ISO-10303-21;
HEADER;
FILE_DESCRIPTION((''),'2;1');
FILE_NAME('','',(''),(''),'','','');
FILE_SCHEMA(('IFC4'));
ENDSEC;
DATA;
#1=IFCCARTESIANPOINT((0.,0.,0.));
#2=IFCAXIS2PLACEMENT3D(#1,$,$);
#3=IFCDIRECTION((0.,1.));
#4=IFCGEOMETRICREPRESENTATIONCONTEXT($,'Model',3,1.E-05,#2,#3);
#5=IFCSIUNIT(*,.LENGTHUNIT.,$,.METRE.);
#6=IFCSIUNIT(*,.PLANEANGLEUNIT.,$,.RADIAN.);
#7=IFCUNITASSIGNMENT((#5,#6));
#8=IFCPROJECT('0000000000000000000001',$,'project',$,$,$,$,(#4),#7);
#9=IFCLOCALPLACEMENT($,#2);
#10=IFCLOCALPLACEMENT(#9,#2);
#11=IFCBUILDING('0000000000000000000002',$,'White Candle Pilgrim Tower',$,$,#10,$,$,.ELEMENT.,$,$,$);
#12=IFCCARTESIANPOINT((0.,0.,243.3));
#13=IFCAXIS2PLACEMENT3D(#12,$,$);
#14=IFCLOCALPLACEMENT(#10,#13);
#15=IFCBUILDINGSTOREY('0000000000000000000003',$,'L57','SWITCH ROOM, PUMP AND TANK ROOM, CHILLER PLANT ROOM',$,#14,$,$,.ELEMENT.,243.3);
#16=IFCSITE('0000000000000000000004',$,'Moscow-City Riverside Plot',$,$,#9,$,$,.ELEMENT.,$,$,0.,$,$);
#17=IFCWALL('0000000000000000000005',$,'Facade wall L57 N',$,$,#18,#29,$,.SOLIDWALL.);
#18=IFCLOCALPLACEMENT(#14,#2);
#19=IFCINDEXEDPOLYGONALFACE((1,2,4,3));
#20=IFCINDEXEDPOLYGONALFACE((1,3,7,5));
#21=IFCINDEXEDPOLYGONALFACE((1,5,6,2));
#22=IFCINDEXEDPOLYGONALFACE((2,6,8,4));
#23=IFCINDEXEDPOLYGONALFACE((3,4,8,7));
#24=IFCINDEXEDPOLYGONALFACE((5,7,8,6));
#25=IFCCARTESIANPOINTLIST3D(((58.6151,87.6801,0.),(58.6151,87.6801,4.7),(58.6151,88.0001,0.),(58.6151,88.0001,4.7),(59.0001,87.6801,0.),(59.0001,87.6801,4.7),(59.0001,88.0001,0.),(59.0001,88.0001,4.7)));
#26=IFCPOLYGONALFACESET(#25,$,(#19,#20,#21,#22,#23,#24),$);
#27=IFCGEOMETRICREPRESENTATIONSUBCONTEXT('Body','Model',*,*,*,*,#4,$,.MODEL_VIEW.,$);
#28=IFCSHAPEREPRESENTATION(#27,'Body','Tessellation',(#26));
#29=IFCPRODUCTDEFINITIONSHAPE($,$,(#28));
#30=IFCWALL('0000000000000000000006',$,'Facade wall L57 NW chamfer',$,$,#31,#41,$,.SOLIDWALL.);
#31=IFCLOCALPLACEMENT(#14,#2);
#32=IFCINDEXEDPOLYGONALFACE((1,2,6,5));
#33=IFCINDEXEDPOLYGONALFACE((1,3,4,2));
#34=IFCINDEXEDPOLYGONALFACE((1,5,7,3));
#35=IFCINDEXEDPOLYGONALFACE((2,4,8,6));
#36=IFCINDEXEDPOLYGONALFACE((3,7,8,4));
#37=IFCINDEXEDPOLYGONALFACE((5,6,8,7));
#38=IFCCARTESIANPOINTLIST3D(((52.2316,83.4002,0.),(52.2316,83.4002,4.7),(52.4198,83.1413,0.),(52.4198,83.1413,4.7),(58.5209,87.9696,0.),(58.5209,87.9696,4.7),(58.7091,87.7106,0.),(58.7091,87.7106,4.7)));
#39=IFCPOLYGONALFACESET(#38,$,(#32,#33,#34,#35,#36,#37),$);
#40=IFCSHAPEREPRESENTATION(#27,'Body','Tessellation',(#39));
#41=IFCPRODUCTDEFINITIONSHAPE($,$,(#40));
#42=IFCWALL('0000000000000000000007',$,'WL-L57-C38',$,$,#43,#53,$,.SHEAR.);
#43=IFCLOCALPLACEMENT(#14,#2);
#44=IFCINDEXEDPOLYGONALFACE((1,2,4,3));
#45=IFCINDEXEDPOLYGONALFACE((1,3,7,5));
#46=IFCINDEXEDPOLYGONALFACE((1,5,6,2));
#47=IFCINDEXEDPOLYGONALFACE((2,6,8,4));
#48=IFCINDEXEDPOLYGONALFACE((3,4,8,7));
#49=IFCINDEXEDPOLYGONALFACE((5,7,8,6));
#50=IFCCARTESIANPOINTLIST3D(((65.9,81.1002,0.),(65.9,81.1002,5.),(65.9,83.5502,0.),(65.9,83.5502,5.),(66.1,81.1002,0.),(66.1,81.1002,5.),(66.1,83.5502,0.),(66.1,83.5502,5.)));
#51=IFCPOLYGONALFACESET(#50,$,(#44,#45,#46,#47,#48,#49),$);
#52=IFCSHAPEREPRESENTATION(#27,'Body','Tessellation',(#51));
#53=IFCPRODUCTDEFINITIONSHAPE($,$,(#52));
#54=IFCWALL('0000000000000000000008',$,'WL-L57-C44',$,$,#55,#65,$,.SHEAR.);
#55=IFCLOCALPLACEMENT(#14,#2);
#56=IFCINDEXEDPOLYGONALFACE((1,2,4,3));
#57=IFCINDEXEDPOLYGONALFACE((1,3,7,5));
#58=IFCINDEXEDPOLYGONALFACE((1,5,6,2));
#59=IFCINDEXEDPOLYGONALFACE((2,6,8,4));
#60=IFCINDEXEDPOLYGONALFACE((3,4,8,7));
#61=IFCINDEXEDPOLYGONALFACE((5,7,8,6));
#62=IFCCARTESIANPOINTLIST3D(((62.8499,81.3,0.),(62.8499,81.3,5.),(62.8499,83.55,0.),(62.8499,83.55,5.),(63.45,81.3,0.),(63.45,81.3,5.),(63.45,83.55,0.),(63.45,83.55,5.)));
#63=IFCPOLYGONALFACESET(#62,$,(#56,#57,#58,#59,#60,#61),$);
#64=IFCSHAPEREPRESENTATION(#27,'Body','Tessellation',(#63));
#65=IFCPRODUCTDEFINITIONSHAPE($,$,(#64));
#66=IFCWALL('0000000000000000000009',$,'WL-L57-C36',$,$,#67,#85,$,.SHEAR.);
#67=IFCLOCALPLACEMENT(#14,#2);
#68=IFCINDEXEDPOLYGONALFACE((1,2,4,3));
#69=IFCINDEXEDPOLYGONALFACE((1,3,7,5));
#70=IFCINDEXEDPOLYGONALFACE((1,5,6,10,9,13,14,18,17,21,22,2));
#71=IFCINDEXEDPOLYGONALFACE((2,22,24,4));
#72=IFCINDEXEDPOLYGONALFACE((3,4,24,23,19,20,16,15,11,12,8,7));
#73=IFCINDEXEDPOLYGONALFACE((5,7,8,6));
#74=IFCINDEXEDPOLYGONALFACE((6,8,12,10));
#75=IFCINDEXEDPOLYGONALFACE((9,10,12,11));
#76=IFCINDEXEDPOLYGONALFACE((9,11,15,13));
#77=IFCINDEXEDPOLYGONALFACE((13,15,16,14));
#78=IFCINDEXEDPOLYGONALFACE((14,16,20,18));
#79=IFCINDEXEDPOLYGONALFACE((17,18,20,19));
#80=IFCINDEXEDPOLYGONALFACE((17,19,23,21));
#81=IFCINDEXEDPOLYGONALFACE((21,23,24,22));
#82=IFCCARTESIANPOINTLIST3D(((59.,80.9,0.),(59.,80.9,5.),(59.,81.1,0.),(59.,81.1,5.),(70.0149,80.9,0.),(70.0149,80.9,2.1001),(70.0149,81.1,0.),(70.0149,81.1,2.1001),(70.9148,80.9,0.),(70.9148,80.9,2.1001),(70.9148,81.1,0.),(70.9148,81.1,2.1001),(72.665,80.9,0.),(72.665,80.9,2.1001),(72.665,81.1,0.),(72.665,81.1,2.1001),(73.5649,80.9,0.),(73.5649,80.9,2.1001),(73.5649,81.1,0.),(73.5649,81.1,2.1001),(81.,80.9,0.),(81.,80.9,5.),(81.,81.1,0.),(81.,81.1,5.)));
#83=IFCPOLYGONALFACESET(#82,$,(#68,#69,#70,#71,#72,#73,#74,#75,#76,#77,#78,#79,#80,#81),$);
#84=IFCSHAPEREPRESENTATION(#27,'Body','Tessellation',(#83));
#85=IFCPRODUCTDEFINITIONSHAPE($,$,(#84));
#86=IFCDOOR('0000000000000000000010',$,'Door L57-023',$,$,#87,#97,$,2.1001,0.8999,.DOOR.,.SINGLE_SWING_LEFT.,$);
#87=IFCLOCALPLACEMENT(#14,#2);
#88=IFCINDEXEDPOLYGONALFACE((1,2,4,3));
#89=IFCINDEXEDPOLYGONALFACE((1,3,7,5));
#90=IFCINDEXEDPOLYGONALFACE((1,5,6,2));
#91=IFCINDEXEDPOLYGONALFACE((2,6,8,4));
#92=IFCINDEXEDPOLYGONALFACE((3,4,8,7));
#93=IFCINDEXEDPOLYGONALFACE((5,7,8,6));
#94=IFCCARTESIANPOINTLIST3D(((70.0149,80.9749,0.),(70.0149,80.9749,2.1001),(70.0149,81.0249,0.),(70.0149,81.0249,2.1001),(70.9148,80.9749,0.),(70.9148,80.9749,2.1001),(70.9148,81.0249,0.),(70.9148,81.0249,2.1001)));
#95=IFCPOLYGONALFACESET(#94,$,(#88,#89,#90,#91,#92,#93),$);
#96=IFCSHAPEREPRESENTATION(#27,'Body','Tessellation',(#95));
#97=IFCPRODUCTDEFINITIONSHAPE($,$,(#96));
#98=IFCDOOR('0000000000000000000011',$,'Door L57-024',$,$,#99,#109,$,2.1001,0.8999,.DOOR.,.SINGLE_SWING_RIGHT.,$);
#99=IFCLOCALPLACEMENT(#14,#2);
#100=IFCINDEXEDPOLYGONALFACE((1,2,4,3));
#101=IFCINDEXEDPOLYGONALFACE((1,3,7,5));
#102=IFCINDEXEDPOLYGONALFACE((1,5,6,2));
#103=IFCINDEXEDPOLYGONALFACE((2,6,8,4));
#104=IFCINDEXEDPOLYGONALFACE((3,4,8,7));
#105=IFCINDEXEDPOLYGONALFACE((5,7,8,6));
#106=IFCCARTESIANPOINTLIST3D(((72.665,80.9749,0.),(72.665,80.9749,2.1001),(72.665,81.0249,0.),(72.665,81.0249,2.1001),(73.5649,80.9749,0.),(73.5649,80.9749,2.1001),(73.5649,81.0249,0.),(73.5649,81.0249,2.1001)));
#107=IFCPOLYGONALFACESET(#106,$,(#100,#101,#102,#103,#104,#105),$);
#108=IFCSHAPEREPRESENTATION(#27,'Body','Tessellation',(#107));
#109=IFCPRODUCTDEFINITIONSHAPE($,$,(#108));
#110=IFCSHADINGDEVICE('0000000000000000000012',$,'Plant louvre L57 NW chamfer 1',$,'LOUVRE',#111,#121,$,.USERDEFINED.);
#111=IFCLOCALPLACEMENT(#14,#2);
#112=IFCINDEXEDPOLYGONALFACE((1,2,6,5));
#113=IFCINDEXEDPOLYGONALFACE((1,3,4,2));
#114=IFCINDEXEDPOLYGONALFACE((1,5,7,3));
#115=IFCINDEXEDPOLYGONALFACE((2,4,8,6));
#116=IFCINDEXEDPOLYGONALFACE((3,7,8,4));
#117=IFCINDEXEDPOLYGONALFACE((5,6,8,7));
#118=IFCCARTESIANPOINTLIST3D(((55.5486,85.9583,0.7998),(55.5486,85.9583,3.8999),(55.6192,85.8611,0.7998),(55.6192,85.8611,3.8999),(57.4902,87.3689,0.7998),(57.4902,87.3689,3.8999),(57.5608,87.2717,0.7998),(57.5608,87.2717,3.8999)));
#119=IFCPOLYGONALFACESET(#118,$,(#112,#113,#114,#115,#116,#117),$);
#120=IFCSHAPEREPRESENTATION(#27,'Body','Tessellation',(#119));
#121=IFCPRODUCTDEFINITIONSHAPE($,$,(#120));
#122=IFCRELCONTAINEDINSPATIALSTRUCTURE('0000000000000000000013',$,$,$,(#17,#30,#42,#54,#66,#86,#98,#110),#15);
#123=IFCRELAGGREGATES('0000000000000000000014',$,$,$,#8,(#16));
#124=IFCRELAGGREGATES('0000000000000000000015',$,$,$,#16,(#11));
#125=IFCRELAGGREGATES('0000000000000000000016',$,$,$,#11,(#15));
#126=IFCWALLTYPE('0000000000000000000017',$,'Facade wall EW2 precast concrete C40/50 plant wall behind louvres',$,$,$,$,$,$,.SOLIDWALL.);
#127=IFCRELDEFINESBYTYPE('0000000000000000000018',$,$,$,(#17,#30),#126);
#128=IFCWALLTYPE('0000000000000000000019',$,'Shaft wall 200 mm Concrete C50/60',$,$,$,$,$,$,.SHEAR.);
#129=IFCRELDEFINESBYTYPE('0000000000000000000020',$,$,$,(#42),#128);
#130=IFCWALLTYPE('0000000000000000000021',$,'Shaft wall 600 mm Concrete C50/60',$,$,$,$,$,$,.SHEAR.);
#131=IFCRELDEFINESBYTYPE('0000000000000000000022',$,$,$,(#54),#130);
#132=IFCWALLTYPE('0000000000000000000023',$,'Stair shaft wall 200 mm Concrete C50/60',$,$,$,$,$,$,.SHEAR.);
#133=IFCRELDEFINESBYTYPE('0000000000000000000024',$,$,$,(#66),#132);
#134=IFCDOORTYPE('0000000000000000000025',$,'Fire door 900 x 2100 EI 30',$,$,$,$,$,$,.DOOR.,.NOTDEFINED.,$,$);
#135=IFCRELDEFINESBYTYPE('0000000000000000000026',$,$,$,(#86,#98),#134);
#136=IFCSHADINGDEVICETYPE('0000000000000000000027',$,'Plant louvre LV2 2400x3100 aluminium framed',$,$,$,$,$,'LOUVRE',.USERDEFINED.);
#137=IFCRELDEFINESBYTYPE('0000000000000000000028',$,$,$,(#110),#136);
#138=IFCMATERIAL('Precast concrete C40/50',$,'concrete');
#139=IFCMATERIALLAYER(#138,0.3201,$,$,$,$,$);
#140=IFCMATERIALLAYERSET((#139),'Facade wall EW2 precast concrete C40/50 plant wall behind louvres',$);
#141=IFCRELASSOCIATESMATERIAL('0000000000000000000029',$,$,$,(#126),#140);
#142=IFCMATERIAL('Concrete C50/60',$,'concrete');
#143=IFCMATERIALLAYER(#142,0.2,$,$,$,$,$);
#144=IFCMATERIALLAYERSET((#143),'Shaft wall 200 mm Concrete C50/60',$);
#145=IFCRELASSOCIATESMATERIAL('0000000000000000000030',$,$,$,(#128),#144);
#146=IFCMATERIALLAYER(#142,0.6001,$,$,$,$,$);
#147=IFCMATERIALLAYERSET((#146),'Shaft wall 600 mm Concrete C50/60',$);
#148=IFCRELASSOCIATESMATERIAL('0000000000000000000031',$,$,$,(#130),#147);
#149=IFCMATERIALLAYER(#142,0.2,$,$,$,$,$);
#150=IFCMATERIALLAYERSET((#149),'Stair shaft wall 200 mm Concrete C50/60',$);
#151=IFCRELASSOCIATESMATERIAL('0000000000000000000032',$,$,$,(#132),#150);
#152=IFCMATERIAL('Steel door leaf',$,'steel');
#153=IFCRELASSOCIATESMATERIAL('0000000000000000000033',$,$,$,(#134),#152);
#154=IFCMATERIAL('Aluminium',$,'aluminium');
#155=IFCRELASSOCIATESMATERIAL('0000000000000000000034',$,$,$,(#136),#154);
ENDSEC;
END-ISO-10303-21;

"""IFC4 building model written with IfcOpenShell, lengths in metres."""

from ifc_helpers import new_model, si_unit, direction, frame, frame_2d, origin, origin_2d, place, context, subcontext, project, spatial, rectangle, extrude, material, layer, layer_set, type_object, element, fill, save


model = new_model("IFC4")

# Units and contexts
model_context = context("Model", 3, precision=1e-05, world=origin(), true_north=direction((0.0, 1.0)))
body_context = subcontext(model_context, "Body", "Model", "MODEL_VIEW")
ifc_project = project(units=[si_unit("LENGTHUNIT", "METRE"), si_unit("PLANEANGLEUNIT", "RADIAN")], contexts=[model_context])

# Site, building, storey
site_placement = place(None, origin())
site = spatial("IfcSite", under=ifc_project, at=site_placement, Name="Moscow-City Riverside Plot", CompositionType="ELEMENT", RefElevation=0.0)
building_placement = place(site_placement, origin())
building = spatial("IfcBuilding", under=site, at=building_placement, Name="White Candle Pilgrim Tower", CompositionType="ELEMENT")
storey_placement = place(building_placement, frame((0.0, 0.0, 243.3)))
storey = spatial("IfcBuildingStorey", under=building, at=storey_placement, Name="L57", Description="SWITCH ROOM, PUMP AND TANK ROOM, CHILLER PLANT ROOM", CompositionType="ELEMENT", Elevation=243.3)

# Shared definitions
ifc_material_1 = material(Name="Concrete C50/60", Category="concrete")

# Shared definitions
ifc_material_2 = material(Name="Steel door leaf", Category="steel")

# Walls
ifc_material_3 = material(Name="Precast concrete C40/50", Category="concrete")
ifc_layer_1 = layer(ifc_material_3, 0.3201)
ifc_layer_set_1 = layer_set([ifc_layer_1], Name="Facade wall EW2 precast concrete C40/50 plant wall behind louvres")
wall_type_1 = type_object("IfcWallType", Name="Facade wall EW2 precast concrete C40/50 plant wall behind louvres", PredefinedType="SOLIDWALL", material=ifc_layer_set_1)
wall_1_placement = place(storey_placement, frame((59.0, 87.8401, 0.0), z_axis=(0.0, 0.0, 1.0), x_axis=(-1.0, 0.0, 0.0)))
element("IfcWall", 1, at=wall_1_placement, inside=storey, type_object=wall_type_1, Name="Facade wall L57 N", PredefinedType="SOLIDWALL", context=body_context, shape_type="SweptSolid", body=[
    extrude(rectangle(XDim=0.385, YDim=0.3201, at=frame_2d((0.1924, 0.0))), origin(), (0.0, 0.0, 1.0), 4.7),
])
wall_2_placement = place(storey_placement, frame((58.615, 87.8401, 0.0), z_axis=(0.0, 0.0, 1.0), x_axis=(-0.809024, -0.587776, 0.0)))
element("IfcWall", 2, at=wall_2_placement, inside=storey, type_object=wall_type_1, Name="Facade wall L57 NW chamfer", PredefinedType="SOLIDWALL", context=body_context, shape_type="SweptSolid", body=[
    extrude(rectangle(XDim=7.7739, YDim=0.3201, at=frame_2d((3.887, 0.0))), origin(), (0.0, 0.0, 1.0), 4.7),
])
ifc_layer_2 = layer(ifc_material_1, 0.2)
ifc_layer_set_2 = layer_set([ifc_layer_2], Name="Shaft wall 200 mm Concrete C50/60")
wall_type_2 = type_object("IfcWallType", Name="Shaft wall 200 mm Concrete C50/60", PredefinedType="SHEAR", material=ifc_layer_set_2)
wall_3_placement = place(storey_placement, frame((66.0, 81.1001, 0.0), z_axis=(0.0, 0.0, 1.0), x_axis=(0.0, 1.0, 0.0)))
element("IfcWall", 3, at=wall_3_placement, inside=storey, type_object=wall_type_2, Name="WL-L57-C38", PredefinedType="SHEAR", context=body_context, shape_type="SweptSolid", body=[
    extrude(rectangle(XDim=2.45, YDim=0.2, at=frame_2d((1.2251, 0.0))), origin(), (0.0, 0.0, 1.0), 5.0),
])
ifc_layer_3 = layer(ifc_material_1, 0.6001)
ifc_layer_set_3 = layer_set([ifc_layer_3], Name="Shaft wall 600 mm Concrete C50/60")
wall_type_3 = type_object("IfcWallType", Name="Shaft wall 600 mm Concrete C50/60", PredefinedType="SHEAR", material=ifc_layer_set_3)
wall_4_placement = place(storey_placement, frame((63.1499, 81.3, 0.0), z_axis=(0.0, 0.0, 1.0), x_axis=(0.0, 1.0, 0.0)))
element("IfcWall", 4, at=wall_4_placement, inside=storey, type_object=wall_type_3, Name="WL-L57-C44", PredefinedType="SHEAR", context=body_context, shape_type="SweptSolid", body=[
    extrude(rectangle(XDim=2.25, YDim=0.6001, at=frame_2d((1.125, 0.0))), origin(), (0.0, 0.0, 1.0), 5.0),
])

# Wall, openings, doors
ifc_layer_4 = layer(ifc_material_1, 0.2)
ifc_layer_set_4 = layer_set([ifc_layer_4], Name="Stair shaft wall 200 mm Concrete C50/60")
wall_type_4 = type_object("IfcWallType", Name="Stair shaft wall 200 mm Concrete C50/60", PredefinedType="SHEAR", material=ifc_layer_set_4)
wall_5_placement = place(storey_placement, frame((59.0, 81.0, 0.0), z_axis=(0.0, 0.0, 1.0), x_axis=(1.0, 0.0, 0.0)))
wall_5 = element("IfcWall", 5, at=wall_5_placement, inside=storey, type_object=wall_type_4, Name="WL-L57-C36", PredefinedType="SHEAR", context=body_context, shape_type="SweptSolid", body=[
    extrude(rectangle(XDim=22.0, YDim=0.2, at=frame_2d((11.0, 0.0))), origin(), (0.0, 0.0, 1.0), 5.0),
])
opening_1_placement = place(wall_5_placement, frame((11.0149, 0.0, 0.0)))
opening_1 = element("IfcOpeningElement", 6, at=opening_1_placement, cuts=wall_5, PredefinedType="OPENING", context=body_context, shape_type="SweptSolid", body=[
    extrude(rectangle(XDim=0.8999, YDim=2.1001, at=frame_2d((0.45, 1.05))), frame((0.0, 0.1099, 0.0), z_axis=(0.0, -1.0, 0.0), x_axis=(1.0, 0.0, 0.0)), (0.0, 0.0, 1.0), 0.22),
])
opening_2_placement = place(wall_5_placement, frame((13.665, 0.0, 0.0)))
opening_2 = element("IfcOpeningElement", 7, at=opening_2_placement, cuts=wall_5, PredefinedType="OPENING", context=body_context, shape_type="SweptSolid", body=[
    extrude(rectangle(XDim=0.8999, YDim=2.1001, at=frame_2d((0.45, 1.05))), frame((0.0, 0.1099, 0.0), z_axis=(0.0, -1.0, 0.0), x_axis=(1.0, 0.0, 0.0)), (0.0, 0.0, 1.0), 0.22),
])
door_type_1 = type_object("IfcDoorType", Name="Fire door 900 x 2100 EI 30", OperationType="NOTDEFINED", PredefinedType="DOOR", material=ifc_material_2)
door_1_placement = place(opening_1_placement, origin())
door_1 = element("IfcDoor", 8, at=door_1_placement, inside=storey, type_object=door_type_1, Name="Door L57-023", OperationType="SINGLE_SWING_LEFT", OverallHeight=2.1001, OverallWidth=0.8999, PredefinedType="DOOR", context=body_context, shape_type="SweptSolid", body=[
    extrude(rectangle(XDim=0.8999, YDim=2.1001, at=frame_2d((0.45, 1.05))), frame((0.0, 0.0249, 0.0), z_axis=(0.0, -1.0, 0.0), x_axis=(1.0, 0.0, 0.0)), (0.0, 0.0, 1.0), 0.05),
])
fill(opening_1, door_1)
door_2_placement = place(opening_2_placement, origin())
door_2 = element("IfcDoor", 9, at=door_2_placement, inside=storey, type_object=door_type_1, Name="Door L57-024", OperationType="SINGLE_SWING_RIGHT", OverallHeight=2.1001, OverallWidth=0.8999, PredefinedType="DOOR", context=body_context, shape_type="SweptSolid", body=[
    extrude(rectangle(XDim=0.8999, YDim=2.1001, at=frame_2d((0.45, 1.05))), frame((0.0, 0.0249, 0.0), z_axis=(0.0, -1.0, 0.0), x_axis=(1.0, 0.0, 0.0)), (0.0, 0.0, 1.0), 0.05),
])
fill(opening_2, door_2)

# Shading device
ifc_material_4 = material(Name="Aluminium", Category="aluminium")
shading_device_type = type_object("IfcShadingDeviceType", Name="Plant louvre LV2 2400x3100 aluminium framed", ElementType="LOUVRE", PredefinedType="USERDEFINED", material=ifc_material_4)
shading_device_placement = place(storey_placement, frame((56.5547, 86.615, 0.7998), z_axis=(0.0, 0.0, 1.0), x_axis=(-0.809017, -0.587785, 0.0)))
element("IfcShadingDevice", 10, at=shading_device_placement, inside=storey, type_object=shading_device_type, Name="Plant louvre L57 NW chamfer 1", ObjectType="LOUVRE", PredefinedType="USERDEFINED", context=body_context, shape_type="SweptSolid", body=[
    extrude(rectangle(XDim=2.3999, YDim=0.1201, at=origin_2d()), origin(), (0.0, 0.0, 1.0), 3.1001),
])

save(model, "model.ifc")
